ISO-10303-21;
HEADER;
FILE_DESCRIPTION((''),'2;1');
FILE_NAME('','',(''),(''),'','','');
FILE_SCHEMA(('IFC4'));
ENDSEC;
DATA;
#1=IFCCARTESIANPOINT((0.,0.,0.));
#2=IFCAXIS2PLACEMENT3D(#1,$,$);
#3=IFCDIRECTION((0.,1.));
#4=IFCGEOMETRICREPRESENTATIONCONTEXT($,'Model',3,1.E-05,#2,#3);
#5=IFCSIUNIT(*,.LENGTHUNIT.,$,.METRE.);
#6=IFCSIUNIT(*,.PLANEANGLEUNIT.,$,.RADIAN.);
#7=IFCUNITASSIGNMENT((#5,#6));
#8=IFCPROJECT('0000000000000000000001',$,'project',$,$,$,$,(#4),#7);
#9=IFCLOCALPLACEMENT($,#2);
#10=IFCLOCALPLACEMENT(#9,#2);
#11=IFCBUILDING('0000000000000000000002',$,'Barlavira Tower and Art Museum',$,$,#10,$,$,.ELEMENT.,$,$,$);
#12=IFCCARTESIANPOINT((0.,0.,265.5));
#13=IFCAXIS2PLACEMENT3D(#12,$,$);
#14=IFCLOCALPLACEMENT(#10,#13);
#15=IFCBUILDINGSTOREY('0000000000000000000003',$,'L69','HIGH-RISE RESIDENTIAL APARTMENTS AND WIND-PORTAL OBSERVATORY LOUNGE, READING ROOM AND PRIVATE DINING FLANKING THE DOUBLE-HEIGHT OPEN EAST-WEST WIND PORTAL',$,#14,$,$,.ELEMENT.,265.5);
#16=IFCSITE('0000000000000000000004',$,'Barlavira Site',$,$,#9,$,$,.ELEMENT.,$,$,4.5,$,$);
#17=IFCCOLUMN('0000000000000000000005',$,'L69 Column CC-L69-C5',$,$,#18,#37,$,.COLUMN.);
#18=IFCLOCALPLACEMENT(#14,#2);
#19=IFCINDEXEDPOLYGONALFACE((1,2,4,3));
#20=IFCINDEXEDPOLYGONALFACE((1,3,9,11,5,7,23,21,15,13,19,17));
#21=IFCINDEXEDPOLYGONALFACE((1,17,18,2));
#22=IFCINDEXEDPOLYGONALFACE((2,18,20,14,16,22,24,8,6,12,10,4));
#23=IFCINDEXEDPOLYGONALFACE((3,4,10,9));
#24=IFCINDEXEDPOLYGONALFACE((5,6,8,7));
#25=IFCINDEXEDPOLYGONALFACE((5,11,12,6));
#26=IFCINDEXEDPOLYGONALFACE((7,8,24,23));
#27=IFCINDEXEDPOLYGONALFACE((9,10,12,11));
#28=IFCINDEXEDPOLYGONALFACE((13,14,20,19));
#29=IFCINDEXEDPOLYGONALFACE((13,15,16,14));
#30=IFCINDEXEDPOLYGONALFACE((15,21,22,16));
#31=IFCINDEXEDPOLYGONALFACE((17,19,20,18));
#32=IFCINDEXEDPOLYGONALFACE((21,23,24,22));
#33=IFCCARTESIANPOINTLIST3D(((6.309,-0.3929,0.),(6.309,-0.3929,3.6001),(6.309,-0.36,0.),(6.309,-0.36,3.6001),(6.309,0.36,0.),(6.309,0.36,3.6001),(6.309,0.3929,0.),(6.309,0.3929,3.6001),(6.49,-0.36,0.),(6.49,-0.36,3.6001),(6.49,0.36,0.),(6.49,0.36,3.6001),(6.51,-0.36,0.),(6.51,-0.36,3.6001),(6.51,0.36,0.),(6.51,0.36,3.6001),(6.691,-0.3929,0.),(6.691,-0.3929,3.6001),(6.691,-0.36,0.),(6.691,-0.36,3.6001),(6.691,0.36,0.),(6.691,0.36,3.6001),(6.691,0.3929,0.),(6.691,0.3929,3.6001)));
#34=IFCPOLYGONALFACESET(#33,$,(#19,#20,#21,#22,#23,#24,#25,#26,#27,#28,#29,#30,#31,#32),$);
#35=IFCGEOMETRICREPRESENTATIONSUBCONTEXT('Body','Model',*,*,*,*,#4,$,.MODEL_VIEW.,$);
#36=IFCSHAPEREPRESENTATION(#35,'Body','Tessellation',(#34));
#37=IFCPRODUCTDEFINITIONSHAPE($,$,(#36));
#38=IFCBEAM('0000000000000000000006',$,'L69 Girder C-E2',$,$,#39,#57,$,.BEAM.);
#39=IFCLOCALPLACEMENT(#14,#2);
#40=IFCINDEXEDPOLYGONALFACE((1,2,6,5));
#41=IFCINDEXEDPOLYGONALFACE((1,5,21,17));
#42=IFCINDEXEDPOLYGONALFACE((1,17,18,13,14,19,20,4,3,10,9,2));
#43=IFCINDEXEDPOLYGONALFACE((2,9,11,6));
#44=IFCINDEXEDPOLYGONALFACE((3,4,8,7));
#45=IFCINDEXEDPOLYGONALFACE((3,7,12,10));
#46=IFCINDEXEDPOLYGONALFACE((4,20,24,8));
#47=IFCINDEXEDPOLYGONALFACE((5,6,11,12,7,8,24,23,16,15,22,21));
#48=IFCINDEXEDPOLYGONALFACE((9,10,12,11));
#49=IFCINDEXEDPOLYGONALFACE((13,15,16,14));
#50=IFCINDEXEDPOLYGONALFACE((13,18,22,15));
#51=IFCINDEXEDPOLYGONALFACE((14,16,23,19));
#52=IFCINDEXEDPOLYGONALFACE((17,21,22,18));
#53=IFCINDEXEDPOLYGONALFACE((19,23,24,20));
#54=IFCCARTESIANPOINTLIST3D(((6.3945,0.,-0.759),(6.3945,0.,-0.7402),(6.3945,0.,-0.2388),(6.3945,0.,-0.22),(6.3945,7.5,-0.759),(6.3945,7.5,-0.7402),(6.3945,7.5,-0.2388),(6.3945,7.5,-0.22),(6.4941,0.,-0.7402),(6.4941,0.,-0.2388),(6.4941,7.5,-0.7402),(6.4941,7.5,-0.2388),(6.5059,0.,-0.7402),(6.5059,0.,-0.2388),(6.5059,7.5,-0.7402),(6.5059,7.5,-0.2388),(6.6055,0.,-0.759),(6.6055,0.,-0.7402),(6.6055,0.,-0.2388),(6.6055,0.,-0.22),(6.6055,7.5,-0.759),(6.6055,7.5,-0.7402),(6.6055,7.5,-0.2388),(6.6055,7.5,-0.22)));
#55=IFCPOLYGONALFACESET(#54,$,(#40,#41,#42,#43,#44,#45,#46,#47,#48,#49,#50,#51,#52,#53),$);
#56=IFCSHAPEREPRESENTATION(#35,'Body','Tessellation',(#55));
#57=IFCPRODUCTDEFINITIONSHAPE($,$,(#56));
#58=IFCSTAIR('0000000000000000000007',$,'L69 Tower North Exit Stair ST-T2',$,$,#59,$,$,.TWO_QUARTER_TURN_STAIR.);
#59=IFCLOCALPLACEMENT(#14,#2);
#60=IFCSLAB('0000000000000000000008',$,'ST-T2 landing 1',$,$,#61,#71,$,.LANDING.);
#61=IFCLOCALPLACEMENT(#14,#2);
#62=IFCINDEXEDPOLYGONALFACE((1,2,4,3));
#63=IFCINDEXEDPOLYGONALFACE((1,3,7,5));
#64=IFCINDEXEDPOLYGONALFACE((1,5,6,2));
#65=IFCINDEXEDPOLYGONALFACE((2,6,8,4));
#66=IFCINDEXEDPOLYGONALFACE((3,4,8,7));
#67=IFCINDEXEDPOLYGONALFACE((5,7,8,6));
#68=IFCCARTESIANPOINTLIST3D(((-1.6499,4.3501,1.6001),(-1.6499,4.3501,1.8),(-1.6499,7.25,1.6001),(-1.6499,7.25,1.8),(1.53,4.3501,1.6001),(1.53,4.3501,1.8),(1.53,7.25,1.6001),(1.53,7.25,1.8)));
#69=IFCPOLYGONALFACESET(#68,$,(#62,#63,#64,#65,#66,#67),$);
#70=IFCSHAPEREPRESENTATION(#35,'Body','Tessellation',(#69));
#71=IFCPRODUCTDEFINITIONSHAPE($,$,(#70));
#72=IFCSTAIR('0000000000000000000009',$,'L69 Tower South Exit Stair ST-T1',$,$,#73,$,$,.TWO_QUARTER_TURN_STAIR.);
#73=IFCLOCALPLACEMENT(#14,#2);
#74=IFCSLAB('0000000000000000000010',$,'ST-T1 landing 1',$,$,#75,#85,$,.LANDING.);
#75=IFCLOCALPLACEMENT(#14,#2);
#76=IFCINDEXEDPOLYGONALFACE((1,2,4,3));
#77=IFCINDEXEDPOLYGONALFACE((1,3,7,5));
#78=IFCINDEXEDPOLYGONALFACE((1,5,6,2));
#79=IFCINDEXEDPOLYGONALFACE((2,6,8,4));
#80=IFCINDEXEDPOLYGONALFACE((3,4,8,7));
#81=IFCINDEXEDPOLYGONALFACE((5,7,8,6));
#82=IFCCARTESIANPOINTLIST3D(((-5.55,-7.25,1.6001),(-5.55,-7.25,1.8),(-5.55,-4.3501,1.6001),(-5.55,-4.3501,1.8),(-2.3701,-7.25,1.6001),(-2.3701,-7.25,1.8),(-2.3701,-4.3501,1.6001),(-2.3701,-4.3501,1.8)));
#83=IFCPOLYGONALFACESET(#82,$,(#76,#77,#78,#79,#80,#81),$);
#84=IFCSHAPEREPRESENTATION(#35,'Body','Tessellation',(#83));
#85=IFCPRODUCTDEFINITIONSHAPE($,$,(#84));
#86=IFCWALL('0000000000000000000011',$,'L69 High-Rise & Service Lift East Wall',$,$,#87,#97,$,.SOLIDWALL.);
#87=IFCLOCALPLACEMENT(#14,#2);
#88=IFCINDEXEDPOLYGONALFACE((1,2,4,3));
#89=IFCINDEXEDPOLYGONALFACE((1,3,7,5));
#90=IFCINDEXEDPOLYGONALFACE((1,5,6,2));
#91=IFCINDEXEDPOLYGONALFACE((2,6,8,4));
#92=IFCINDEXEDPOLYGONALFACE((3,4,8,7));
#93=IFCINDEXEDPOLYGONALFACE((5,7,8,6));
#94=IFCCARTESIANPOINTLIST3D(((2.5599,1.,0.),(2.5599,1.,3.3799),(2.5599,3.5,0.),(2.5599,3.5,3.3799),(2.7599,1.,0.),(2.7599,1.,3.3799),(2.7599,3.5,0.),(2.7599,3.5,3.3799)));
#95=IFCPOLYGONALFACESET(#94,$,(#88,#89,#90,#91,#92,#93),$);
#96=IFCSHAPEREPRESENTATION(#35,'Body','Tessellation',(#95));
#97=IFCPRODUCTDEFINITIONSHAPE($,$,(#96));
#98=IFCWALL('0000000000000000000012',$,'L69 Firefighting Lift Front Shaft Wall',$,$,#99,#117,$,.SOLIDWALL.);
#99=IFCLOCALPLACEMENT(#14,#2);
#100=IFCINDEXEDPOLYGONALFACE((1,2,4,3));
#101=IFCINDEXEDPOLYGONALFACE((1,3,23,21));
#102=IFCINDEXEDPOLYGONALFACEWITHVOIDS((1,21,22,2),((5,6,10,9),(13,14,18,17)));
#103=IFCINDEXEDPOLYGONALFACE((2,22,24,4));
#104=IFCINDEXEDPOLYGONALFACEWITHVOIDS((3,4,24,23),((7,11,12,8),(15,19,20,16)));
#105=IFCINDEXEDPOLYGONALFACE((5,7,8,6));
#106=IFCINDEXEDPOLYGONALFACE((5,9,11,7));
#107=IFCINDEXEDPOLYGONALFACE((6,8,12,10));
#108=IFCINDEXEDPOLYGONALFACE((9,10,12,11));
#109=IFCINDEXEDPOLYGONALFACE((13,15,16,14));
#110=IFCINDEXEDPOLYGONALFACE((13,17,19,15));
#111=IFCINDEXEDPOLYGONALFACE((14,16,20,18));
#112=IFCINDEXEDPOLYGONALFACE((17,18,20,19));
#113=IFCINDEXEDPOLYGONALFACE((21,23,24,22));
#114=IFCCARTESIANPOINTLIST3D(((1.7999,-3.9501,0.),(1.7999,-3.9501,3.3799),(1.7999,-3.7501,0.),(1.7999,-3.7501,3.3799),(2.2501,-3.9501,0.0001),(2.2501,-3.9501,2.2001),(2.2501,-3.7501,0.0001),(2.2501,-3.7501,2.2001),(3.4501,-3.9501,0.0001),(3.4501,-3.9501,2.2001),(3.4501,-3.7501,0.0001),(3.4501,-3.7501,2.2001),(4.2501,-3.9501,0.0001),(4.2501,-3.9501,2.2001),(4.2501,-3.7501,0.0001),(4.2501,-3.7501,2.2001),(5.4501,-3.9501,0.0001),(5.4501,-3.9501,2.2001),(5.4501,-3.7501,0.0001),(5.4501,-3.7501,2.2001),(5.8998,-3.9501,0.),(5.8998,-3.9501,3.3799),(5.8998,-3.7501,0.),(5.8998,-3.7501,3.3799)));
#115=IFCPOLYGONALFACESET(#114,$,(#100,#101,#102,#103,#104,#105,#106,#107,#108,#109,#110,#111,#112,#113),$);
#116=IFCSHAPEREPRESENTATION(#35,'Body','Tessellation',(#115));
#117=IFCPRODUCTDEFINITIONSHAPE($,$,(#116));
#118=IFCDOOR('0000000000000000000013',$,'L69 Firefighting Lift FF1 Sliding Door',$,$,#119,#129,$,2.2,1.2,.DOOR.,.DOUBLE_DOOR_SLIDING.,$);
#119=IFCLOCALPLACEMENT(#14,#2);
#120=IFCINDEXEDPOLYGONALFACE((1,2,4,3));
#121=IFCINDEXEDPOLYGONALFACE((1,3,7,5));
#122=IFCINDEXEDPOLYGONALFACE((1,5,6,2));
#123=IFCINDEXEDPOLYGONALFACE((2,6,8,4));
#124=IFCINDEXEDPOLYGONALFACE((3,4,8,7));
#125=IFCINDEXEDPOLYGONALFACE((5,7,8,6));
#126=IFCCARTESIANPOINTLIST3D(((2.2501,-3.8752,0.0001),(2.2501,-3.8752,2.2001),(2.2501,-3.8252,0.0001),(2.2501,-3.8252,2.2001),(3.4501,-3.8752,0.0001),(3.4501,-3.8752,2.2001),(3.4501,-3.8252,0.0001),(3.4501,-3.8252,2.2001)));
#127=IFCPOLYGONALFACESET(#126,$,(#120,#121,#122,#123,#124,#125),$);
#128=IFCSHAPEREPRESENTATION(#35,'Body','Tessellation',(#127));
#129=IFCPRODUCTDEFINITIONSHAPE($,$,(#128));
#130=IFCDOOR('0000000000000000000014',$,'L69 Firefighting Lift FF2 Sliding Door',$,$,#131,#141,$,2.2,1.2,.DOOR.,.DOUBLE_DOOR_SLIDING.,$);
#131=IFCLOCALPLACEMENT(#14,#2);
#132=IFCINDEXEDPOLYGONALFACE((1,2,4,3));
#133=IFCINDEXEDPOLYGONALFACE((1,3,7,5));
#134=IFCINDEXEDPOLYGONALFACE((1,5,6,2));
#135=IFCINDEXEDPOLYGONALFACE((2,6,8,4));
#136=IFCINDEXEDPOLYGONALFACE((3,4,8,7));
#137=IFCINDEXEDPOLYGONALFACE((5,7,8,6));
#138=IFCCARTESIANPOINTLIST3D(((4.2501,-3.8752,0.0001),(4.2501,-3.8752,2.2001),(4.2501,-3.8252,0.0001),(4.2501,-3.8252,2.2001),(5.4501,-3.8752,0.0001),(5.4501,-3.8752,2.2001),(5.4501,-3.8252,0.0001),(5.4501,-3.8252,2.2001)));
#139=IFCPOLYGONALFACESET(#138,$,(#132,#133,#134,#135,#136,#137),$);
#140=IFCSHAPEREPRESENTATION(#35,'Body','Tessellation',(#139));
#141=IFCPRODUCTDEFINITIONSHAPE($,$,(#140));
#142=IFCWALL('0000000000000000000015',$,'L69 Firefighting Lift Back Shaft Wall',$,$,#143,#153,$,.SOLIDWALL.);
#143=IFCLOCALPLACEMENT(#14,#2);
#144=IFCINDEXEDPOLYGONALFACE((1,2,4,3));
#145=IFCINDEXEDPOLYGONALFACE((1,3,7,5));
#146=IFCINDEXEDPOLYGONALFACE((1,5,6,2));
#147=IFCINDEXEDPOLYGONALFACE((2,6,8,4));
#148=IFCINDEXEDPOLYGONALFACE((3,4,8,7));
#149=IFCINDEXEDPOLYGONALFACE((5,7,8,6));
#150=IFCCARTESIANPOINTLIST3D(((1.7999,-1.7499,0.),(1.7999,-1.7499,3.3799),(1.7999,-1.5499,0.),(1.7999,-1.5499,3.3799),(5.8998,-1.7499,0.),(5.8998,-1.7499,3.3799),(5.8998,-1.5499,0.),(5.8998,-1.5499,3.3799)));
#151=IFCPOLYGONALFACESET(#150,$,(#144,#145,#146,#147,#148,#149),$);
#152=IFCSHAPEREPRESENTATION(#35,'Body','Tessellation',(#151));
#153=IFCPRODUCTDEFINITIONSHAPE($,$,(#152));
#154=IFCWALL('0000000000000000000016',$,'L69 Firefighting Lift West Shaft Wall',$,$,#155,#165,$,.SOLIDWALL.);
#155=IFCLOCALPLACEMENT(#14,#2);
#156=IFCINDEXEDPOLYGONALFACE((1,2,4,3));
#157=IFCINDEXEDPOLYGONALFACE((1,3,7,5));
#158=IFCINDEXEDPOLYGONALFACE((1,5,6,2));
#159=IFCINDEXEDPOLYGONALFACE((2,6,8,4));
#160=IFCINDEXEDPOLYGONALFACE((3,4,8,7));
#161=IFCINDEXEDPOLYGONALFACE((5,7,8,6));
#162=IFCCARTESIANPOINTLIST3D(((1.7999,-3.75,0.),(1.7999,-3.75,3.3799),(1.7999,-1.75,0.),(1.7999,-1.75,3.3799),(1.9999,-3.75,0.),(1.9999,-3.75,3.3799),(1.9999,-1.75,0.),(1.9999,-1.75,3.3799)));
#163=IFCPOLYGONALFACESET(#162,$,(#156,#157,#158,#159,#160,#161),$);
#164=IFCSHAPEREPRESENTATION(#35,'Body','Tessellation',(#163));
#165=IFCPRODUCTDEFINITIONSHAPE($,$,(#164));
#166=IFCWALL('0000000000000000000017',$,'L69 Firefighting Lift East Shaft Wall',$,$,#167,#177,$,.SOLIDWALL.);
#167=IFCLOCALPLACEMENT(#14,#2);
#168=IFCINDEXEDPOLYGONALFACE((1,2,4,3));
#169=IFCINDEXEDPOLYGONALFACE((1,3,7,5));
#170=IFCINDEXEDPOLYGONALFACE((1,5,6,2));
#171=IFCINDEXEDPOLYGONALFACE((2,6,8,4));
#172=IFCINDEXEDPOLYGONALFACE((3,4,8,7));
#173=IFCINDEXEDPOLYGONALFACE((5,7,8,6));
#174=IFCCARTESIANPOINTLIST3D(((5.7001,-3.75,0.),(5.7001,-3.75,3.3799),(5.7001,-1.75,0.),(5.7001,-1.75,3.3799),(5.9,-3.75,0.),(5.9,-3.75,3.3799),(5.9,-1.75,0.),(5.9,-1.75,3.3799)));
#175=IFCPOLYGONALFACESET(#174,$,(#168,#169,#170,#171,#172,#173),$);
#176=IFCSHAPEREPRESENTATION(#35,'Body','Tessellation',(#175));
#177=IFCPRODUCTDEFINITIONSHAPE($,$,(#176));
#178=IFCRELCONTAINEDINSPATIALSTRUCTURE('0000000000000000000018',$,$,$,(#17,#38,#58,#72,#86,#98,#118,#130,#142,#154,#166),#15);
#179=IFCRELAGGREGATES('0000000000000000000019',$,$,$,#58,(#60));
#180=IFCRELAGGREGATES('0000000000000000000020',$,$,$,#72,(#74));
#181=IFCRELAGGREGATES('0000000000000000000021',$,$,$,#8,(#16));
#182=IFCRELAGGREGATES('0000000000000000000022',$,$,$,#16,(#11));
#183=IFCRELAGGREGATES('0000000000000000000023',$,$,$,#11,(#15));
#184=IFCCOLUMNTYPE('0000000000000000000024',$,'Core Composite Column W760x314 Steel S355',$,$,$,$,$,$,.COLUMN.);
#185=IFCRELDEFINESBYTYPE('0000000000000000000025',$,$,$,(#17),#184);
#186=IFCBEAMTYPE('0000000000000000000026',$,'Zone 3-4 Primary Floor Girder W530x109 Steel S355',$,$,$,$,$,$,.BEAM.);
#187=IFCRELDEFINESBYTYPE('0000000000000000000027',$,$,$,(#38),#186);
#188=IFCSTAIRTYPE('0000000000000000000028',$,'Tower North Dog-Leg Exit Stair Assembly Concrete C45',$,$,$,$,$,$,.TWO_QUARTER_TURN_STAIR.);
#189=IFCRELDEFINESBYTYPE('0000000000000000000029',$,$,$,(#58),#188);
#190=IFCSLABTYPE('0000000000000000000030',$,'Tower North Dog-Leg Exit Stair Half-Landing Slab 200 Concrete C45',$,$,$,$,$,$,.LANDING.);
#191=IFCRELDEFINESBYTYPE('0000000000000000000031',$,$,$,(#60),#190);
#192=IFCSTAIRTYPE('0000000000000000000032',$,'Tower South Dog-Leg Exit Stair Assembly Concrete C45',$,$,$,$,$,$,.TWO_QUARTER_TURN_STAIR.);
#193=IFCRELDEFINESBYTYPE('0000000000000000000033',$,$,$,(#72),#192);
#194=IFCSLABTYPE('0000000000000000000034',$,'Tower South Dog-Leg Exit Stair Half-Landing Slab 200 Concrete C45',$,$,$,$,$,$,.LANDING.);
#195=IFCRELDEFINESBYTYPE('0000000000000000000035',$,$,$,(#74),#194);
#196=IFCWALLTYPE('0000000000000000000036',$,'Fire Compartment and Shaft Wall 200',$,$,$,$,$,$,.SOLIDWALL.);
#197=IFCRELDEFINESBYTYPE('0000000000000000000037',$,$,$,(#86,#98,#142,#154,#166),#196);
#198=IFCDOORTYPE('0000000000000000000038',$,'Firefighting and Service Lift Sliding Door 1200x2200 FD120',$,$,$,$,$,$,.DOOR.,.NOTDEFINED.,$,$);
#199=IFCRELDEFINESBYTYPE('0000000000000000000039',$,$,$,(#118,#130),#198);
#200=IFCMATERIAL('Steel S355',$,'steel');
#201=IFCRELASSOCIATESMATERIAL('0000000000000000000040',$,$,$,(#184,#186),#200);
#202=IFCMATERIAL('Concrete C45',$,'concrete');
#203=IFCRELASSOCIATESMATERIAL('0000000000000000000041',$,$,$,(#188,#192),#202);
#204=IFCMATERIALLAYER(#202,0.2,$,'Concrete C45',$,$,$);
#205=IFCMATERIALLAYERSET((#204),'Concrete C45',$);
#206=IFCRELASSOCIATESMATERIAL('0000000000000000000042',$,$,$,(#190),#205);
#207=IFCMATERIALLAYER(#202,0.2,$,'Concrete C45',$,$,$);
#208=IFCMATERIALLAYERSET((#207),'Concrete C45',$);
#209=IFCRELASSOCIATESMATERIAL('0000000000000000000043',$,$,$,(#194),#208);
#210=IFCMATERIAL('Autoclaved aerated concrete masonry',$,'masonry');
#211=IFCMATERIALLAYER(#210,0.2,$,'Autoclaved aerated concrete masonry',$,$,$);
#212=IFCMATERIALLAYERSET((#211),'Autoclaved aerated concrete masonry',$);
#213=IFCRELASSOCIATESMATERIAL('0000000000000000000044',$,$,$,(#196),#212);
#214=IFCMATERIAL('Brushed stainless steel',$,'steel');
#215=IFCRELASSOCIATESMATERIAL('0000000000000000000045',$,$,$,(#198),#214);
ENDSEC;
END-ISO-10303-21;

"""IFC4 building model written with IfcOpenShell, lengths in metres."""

from ifc_helpers import new_model, si_unit, direction, frame, frame_2d, origin, origin_2d, place, context, subcontext, project, spatial, polyline, rectangle, i_section, outline, extrude, material, layer, layer_set, material_profile, profile_set, type_object, element, fill, aggregate, save


model = new_model("IFC4")

# Units and contexts
model_context = context("Model", 3, precision=1e-05, world=origin(), true_north=direction((0.0, 1.0)))
body_context = subcontext(model_context, "Body", "Model", "MODEL_VIEW")
ifc_project = project(units=[si_unit("LENGTHUNIT", "METRE"), si_unit("PLANEANGLEUNIT", "RADIAN")], contexts=[model_context])

# Site, building, storey
site_placement = place(None, origin())
site = spatial("IfcSite", under=ifc_project, at=site_placement, Name="Barlavira Site", CompositionType="ELEMENT", RefElevation=4.5)
building_placement = place(site_placement, origin())
building = spatial("IfcBuilding", under=site, at=building_placement, Name="Barlavira Tower and Art Museum", CompositionType="ELEMENT")
storey_placement = place(building_placement, frame((0.0, 0.0, 265.5)))
storey = spatial("IfcBuildingStorey", under=building, at=storey_placement, Name="L69", Description="HIGH-RISE RESIDENTIAL APARTMENTS AND WIND-PORTAL OBSERVATORY LOUNGE, READING ROOM AND PRIVATE DINING FLANKING THE DOUBLE-HEIGHT OPEN EAST-WEST WIND PORTAL", CompositionType="ELEMENT", Elevation=265.5)

# Column
ifc_material_1 = material(Name="Steel S355", Category="steel")
ifc_material_profile_1 = material_profile(ifc_material_1, i_section(OverallWidth=0.3821, OverallDepth=0.7859, WebThickness=0.02, FlangeThickness=0.033, at=origin_2d()), Name="W760x314.0")
ifc_profile_set_1 = profile_set([ifc_material_profile_1], Name="Steel S355")
column_type = type_object("IfcColumnType", Name="Core Composite Column W760x314 Steel S355", PredefinedType="COLUMN", material=ifc_profile_set_1)
column_placement = place(storey_placement, frame((6.5, 0.0, 0.0), z_axis=(0.0, 0.0, 1.0), x_axis=(1.0, 0.0, 0.0)))
element("IfcColumn", 1, at=column_placement, inside=storey, type_object=column_type, Name="L69 Column CC-L69-C5", PredefinedType="COLUMN", context=body_context, shape_type="SweptSolid", body=[
    extrude(i_section(OverallWidth=0.3821, OverallDepth=0.7859, WebThickness=0.02, FlangeThickness=0.033, at=origin_2d()), origin(), (0.0, 0.0, 1.0), 3.6001),
])

# Beam
ifc_material_profile_2 = material_profile(ifc_material_1, i_section(OverallWidth=0.2109, OverallDepth=0.5391, WebThickness=0.0117, FlangeThickness=0.0188, at=origin_2d()), Name="W530x109.0")
ifc_profile_set_2 = profile_set([ifc_material_profile_2], Name="Steel S355")
beam_type = type_object("IfcBeamType", Name="Zone 3-4 Primary Floor Girder W530x109 Steel S355", PredefinedType="BEAM", material=ifc_profile_set_2)
beam_placement = place(storey_placement, frame((6.5, 0.0, -0.4895), z_axis=(0.0, 1.0, 0.0), x_axis=(-1.0, 0.0, 0.0)))
element("IfcBeam", 2, at=beam_placement, inside=storey, type_object=beam_type, Name="L69 Girder C-E2", PredefinedType="BEAM", context=body_context, shape_type="SweptSolid", body=[
    extrude(i_section(OverallWidth=0.2109, OverallDepth=0.5391, WebThickness=0.0117, FlangeThickness=0.0188, at=origin_2d()), origin(), (0.0, 0.0, 1.0), 7.5),
])

# Stairs, slabs
ifc_material_2 = material(Name="Concrete C45", Category="concrete")
stair_type_1 = type_object("IfcStairType", Name="Tower North Dog-Leg Exit Stair Assembly Concrete C45", PredefinedType="TWO_QUARTER_TURN_STAIR", material=ifc_material_2)
stair_1_placement = place(storey_placement, origin())
stair_1 = element("IfcStair", 3, at=stair_1_placement, inside=storey, type_object=stair_type_1, Name="L69 Tower North Exit Stair ST-T2", PredefinedType="TWO_QUARTER_TURN_STAIR")
ifc_layer_1 = layer(ifc_material_2, 0.2, Name="Concrete C45")
ifc_layer_set_1 = layer_set([ifc_layer_1], Name="Concrete C45")
slab_type_1 = type_object("IfcSlabType", Name="Tower North Dog-Leg Exit Stair Half-Landing Slab 200 Concrete C45", PredefinedType="LANDING", material=ifc_layer_set_1)
slab_1_placement = place(storey_placement, frame((0.0, 0.0, 1.6001)))
slab_1 = element("IfcSlab", 4, at=slab_1_placement, type_object=slab_type_1, Name="ST-T2 landing 1", PredefinedType="LANDING", context=body_context, shape_type="SweptSolid", body=[
    extrude(outline(polyline([(-1.6499, 4.3501), (1.53, 4.3501), (1.53, 7.25), (-1.6499, 7.25), (-1.6499, 4.3501)])), origin(), (0.0, 0.0, 1.0), 0.2),
])
aggregate(stair_1, [slab_1])
stair_type_2 = type_object("IfcStairType", Name="Tower South Dog-Leg Exit Stair Assembly Concrete C45", PredefinedType="TWO_QUARTER_TURN_STAIR", material=ifc_material_2)
stair_2_placement = place(storey_placement, origin())
stair_2 = element("IfcStair", 5, at=stair_2_placement, inside=storey, type_object=stair_type_2, Name="L69 Tower South Exit Stair ST-T1", PredefinedType="TWO_QUARTER_TURN_STAIR")
ifc_layer_2 = layer(ifc_material_2, 0.2, Name="Concrete C45")
ifc_layer_set_2 = layer_set([ifc_layer_2], Name="Concrete C45")
slab_type_2 = type_object("IfcSlabType", Name="Tower South Dog-Leg Exit Stair Half-Landing Slab 200 Concrete C45", PredefinedType="LANDING", material=ifc_layer_set_2)
slab_2_placement = place(storey_placement, frame((0.0, 0.0, 1.6001)))
slab_2 = element("IfcSlab", 6, at=slab_2_placement, type_object=slab_type_2, Name="ST-T1 landing 1", PredefinedType="LANDING", context=body_context, shape_type="SweptSolid", body=[
    extrude(outline(polyline([(-2.3701, -4.3501), (-5.55, -4.3501), (-5.55, -7.25), (-2.3701, -7.25), (-2.3701, -4.3501)])), origin(), (0.0, 0.0, 1.0), 0.2),
])

# Wall
ifc_material_3 = material(Name="Autoclaved aerated concrete masonry", Category="masonry")
ifc_layer_3 = layer(ifc_material_3, 0.2, Name="Autoclaved aerated concrete masonry")
ifc_layer_set_3 = layer_set([ifc_layer_3], Name="Autoclaved aerated concrete masonry")
wall_type_1 = type_object("IfcWallType", Name="Fire Compartment and Shaft Wall 200", PredefinedType="SOLIDWALL", material=ifc_layer_set_3)
wall_1_placement = place(storey_placement, frame((2.6599, 1.0, 0.0), z_axis=(0.0, 0.0, 1.0), x_axis=(0.0, 1.0, 0.0)))
element("IfcWall", 7, at=wall_1_placement, inside=storey, type_object=wall_type_1, Name="L69 High-Rise & Service Lift East Wall", PredefinedType="SOLIDWALL", context=body_context, shape_type="SweptSolid", body=[
    extrude(rectangle(XDim=2.5, YDim=0.2, at=frame_2d((1.25, 0.0))), origin(), (0.0, 0.0, 1.0), 3.3799),
])

# Wall, openings, doors
wall_2_placement = place(storey_placement, frame((1.8, -3.8501, 0.0), z_axis=(0.0, 0.0, 1.0), x_axis=(1.0, 0.0, 0.0)))
wall_2 = element("IfcWall", 8, at=wall_2_placement, inside=storey, type_object=wall_type_1, Name="L69 Firefighting Lift Front Shaft Wall", PredefinedType="SOLIDWALL", context=body_context, shape_type="SweptSolid", body=[
    extrude(rectangle(XDim=4.0999, YDim=0.2, at=frame_2d((2.0498, 0.0))), origin(), (0.0, 0.0, 1.0), 3.3799),
])
opening_1_placement = place(wall_2_placement, frame((0.45, 0.0, 0.0)))
opening_1 = element("IfcOpeningElement", 9, at=opening_1_placement, cuts=wall_2, PredefinedType="OPENING", context=body_context, shape_type="SweptSolid", body=[
    extrude(rectangle(XDim=1.2, YDim=2.2, at=frame_2d((0.6001, 1.1001))), frame((0.0, 0.1099, 0.0), z_axis=(0.0, -1.0, 0.0), x_axis=(1.0, 0.0, 0.0)), (0.0, 0.0, 1.0), 0.22),
])
opening_2_placement = place(wall_2_placement, frame((2.45, 0.0, 0.0)))
opening_2 = element("IfcOpeningElement", 10, at=opening_2_placement, cuts=wall_2, PredefinedType="OPENING", context=body_context, shape_type="SweptSolid", body=[
    extrude(rectangle(XDim=1.2, YDim=2.2, at=frame_2d((0.6001, 1.1001))), frame((0.0, 0.1099, 0.0), z_axis=(0.0, -1.0, 0.0), x_axis=(1.0, 0.0, 0.0)), (0.0, 0.0, 1.0), 0.22),
])
ifc_material_4 = material(Name="Brushed stainless steel", Category="steel")
door_type_1 = type_object("IfcDoorType", Name="Firefighting and Service Lift Sliding Door 1200x2200 FD120", OperationType="NOTDEFINED", PredefinedType="DOOR", material=ifc_material_4)
door_1_placement = place(opening_1_placement, origin())
door_1 = element("IfcDoor", 11, at=door_1_placement, inside=storey, type_object=door_type_1, Name="L69 Firefighting Lift FF1 Sliding Door", OperationType="DOUBLE_DOOR_SLIDING", OverallHeight=2.2, OverallWidth=1.2, PredefinedType="DOOR", context=body_context, shape_type="SweptSolid", body=[
    extrude(rectangle(XDim=1.2, YDim=2.2, at=frame_2d((0.6001, 1.1001))), frame((0.0, 0.0249, 0.0), z_axis=(0.0, -1.0, 0.0), x_axis=(1.0, 0.0, 0.0)), (0.0, 0.0, 1.0), 0.05),
])
fill(opening_1, door_1)
door_2_placement = place(opening_2_placement, origin())
door_2 = element("IfcDoor", 12, at=door_2_placement, inside=storey, type_object=door_type_1, Name="L69 Firefighting Lift FF2 Sliding Door", OperationType="DOUBLE_DOOR_SLIDING", OverallHeight=2.2, OverallWidth=1.2, PredefinedType="DOOR", context=body_context, shape_type="SweptSolid", body=[
    extrude(rectangle(XDim=1.2, YDim=2.2, at=frame_2d((0.6001, 1.1001))), frame((0.0, 0.0249, 0.0), z_axis=(0.0, -1.0, 0.0), x_axis=(1.0, 0.0, 0.0)), (0.0, 0.0, 1.0), 0.05),
])
fill(opening_2, door_2)

# Walls
wall_3_placement = place(storey_placement, frame((1.8, -1.6499, 0.0), z_axis=(0.0, 0.0, 1.0), x_axis=(1.0, 0.0, 0.0)))
element("IfcWall", 13, at=wall_3_placement, inside=storey, type_object=wall_type_1, Name="L69 Firefighting Lift Back Shaft Wall", PredefinedType="SOLIDWALL", context=body_context, shape_type="SweptSolid", body=[
    extrude(rectangle(XDim=4.0999, YDim=0.2, at=frame_2d((2.0498, 0.0))), origin(), (0.0, 0.0, 1.0), 3.3799),
])
for number, where, z_axis, x_axis, name in (
    (14, (1.8999, -3.75, 0.0), (0.0, 0.0, 1.0), (0.0, 1.0, 0.0), "L69 Firefighting Lift West Shaft Wall"),
    (15, (5.8, -3.75, 0.0), (0.0, 0.0, 1.0), (0.0, 1.0, 0.0), "L69 Firefighting Lift East Shaft Wall"),
):
    element("IfcWall", number, at=place(storey_placement, frame(where, z_axis=z_axis, x_axis=x_axis)), inside=storey, type_object=wall_type_1, Name=name, PredefinedType="SOLIDWALL", context=body_context, shape_type="SweptSolid", body=[
        extrude(rectangle(XDim=2.0, YDim=0.2, at=frame_2d((1.0, 0.0))), origin(), (0.0, 0.0, 1.0), 3.3799),
    ])

aggregate(stair_2, [slab_2])

save(model, "model.ifc")
